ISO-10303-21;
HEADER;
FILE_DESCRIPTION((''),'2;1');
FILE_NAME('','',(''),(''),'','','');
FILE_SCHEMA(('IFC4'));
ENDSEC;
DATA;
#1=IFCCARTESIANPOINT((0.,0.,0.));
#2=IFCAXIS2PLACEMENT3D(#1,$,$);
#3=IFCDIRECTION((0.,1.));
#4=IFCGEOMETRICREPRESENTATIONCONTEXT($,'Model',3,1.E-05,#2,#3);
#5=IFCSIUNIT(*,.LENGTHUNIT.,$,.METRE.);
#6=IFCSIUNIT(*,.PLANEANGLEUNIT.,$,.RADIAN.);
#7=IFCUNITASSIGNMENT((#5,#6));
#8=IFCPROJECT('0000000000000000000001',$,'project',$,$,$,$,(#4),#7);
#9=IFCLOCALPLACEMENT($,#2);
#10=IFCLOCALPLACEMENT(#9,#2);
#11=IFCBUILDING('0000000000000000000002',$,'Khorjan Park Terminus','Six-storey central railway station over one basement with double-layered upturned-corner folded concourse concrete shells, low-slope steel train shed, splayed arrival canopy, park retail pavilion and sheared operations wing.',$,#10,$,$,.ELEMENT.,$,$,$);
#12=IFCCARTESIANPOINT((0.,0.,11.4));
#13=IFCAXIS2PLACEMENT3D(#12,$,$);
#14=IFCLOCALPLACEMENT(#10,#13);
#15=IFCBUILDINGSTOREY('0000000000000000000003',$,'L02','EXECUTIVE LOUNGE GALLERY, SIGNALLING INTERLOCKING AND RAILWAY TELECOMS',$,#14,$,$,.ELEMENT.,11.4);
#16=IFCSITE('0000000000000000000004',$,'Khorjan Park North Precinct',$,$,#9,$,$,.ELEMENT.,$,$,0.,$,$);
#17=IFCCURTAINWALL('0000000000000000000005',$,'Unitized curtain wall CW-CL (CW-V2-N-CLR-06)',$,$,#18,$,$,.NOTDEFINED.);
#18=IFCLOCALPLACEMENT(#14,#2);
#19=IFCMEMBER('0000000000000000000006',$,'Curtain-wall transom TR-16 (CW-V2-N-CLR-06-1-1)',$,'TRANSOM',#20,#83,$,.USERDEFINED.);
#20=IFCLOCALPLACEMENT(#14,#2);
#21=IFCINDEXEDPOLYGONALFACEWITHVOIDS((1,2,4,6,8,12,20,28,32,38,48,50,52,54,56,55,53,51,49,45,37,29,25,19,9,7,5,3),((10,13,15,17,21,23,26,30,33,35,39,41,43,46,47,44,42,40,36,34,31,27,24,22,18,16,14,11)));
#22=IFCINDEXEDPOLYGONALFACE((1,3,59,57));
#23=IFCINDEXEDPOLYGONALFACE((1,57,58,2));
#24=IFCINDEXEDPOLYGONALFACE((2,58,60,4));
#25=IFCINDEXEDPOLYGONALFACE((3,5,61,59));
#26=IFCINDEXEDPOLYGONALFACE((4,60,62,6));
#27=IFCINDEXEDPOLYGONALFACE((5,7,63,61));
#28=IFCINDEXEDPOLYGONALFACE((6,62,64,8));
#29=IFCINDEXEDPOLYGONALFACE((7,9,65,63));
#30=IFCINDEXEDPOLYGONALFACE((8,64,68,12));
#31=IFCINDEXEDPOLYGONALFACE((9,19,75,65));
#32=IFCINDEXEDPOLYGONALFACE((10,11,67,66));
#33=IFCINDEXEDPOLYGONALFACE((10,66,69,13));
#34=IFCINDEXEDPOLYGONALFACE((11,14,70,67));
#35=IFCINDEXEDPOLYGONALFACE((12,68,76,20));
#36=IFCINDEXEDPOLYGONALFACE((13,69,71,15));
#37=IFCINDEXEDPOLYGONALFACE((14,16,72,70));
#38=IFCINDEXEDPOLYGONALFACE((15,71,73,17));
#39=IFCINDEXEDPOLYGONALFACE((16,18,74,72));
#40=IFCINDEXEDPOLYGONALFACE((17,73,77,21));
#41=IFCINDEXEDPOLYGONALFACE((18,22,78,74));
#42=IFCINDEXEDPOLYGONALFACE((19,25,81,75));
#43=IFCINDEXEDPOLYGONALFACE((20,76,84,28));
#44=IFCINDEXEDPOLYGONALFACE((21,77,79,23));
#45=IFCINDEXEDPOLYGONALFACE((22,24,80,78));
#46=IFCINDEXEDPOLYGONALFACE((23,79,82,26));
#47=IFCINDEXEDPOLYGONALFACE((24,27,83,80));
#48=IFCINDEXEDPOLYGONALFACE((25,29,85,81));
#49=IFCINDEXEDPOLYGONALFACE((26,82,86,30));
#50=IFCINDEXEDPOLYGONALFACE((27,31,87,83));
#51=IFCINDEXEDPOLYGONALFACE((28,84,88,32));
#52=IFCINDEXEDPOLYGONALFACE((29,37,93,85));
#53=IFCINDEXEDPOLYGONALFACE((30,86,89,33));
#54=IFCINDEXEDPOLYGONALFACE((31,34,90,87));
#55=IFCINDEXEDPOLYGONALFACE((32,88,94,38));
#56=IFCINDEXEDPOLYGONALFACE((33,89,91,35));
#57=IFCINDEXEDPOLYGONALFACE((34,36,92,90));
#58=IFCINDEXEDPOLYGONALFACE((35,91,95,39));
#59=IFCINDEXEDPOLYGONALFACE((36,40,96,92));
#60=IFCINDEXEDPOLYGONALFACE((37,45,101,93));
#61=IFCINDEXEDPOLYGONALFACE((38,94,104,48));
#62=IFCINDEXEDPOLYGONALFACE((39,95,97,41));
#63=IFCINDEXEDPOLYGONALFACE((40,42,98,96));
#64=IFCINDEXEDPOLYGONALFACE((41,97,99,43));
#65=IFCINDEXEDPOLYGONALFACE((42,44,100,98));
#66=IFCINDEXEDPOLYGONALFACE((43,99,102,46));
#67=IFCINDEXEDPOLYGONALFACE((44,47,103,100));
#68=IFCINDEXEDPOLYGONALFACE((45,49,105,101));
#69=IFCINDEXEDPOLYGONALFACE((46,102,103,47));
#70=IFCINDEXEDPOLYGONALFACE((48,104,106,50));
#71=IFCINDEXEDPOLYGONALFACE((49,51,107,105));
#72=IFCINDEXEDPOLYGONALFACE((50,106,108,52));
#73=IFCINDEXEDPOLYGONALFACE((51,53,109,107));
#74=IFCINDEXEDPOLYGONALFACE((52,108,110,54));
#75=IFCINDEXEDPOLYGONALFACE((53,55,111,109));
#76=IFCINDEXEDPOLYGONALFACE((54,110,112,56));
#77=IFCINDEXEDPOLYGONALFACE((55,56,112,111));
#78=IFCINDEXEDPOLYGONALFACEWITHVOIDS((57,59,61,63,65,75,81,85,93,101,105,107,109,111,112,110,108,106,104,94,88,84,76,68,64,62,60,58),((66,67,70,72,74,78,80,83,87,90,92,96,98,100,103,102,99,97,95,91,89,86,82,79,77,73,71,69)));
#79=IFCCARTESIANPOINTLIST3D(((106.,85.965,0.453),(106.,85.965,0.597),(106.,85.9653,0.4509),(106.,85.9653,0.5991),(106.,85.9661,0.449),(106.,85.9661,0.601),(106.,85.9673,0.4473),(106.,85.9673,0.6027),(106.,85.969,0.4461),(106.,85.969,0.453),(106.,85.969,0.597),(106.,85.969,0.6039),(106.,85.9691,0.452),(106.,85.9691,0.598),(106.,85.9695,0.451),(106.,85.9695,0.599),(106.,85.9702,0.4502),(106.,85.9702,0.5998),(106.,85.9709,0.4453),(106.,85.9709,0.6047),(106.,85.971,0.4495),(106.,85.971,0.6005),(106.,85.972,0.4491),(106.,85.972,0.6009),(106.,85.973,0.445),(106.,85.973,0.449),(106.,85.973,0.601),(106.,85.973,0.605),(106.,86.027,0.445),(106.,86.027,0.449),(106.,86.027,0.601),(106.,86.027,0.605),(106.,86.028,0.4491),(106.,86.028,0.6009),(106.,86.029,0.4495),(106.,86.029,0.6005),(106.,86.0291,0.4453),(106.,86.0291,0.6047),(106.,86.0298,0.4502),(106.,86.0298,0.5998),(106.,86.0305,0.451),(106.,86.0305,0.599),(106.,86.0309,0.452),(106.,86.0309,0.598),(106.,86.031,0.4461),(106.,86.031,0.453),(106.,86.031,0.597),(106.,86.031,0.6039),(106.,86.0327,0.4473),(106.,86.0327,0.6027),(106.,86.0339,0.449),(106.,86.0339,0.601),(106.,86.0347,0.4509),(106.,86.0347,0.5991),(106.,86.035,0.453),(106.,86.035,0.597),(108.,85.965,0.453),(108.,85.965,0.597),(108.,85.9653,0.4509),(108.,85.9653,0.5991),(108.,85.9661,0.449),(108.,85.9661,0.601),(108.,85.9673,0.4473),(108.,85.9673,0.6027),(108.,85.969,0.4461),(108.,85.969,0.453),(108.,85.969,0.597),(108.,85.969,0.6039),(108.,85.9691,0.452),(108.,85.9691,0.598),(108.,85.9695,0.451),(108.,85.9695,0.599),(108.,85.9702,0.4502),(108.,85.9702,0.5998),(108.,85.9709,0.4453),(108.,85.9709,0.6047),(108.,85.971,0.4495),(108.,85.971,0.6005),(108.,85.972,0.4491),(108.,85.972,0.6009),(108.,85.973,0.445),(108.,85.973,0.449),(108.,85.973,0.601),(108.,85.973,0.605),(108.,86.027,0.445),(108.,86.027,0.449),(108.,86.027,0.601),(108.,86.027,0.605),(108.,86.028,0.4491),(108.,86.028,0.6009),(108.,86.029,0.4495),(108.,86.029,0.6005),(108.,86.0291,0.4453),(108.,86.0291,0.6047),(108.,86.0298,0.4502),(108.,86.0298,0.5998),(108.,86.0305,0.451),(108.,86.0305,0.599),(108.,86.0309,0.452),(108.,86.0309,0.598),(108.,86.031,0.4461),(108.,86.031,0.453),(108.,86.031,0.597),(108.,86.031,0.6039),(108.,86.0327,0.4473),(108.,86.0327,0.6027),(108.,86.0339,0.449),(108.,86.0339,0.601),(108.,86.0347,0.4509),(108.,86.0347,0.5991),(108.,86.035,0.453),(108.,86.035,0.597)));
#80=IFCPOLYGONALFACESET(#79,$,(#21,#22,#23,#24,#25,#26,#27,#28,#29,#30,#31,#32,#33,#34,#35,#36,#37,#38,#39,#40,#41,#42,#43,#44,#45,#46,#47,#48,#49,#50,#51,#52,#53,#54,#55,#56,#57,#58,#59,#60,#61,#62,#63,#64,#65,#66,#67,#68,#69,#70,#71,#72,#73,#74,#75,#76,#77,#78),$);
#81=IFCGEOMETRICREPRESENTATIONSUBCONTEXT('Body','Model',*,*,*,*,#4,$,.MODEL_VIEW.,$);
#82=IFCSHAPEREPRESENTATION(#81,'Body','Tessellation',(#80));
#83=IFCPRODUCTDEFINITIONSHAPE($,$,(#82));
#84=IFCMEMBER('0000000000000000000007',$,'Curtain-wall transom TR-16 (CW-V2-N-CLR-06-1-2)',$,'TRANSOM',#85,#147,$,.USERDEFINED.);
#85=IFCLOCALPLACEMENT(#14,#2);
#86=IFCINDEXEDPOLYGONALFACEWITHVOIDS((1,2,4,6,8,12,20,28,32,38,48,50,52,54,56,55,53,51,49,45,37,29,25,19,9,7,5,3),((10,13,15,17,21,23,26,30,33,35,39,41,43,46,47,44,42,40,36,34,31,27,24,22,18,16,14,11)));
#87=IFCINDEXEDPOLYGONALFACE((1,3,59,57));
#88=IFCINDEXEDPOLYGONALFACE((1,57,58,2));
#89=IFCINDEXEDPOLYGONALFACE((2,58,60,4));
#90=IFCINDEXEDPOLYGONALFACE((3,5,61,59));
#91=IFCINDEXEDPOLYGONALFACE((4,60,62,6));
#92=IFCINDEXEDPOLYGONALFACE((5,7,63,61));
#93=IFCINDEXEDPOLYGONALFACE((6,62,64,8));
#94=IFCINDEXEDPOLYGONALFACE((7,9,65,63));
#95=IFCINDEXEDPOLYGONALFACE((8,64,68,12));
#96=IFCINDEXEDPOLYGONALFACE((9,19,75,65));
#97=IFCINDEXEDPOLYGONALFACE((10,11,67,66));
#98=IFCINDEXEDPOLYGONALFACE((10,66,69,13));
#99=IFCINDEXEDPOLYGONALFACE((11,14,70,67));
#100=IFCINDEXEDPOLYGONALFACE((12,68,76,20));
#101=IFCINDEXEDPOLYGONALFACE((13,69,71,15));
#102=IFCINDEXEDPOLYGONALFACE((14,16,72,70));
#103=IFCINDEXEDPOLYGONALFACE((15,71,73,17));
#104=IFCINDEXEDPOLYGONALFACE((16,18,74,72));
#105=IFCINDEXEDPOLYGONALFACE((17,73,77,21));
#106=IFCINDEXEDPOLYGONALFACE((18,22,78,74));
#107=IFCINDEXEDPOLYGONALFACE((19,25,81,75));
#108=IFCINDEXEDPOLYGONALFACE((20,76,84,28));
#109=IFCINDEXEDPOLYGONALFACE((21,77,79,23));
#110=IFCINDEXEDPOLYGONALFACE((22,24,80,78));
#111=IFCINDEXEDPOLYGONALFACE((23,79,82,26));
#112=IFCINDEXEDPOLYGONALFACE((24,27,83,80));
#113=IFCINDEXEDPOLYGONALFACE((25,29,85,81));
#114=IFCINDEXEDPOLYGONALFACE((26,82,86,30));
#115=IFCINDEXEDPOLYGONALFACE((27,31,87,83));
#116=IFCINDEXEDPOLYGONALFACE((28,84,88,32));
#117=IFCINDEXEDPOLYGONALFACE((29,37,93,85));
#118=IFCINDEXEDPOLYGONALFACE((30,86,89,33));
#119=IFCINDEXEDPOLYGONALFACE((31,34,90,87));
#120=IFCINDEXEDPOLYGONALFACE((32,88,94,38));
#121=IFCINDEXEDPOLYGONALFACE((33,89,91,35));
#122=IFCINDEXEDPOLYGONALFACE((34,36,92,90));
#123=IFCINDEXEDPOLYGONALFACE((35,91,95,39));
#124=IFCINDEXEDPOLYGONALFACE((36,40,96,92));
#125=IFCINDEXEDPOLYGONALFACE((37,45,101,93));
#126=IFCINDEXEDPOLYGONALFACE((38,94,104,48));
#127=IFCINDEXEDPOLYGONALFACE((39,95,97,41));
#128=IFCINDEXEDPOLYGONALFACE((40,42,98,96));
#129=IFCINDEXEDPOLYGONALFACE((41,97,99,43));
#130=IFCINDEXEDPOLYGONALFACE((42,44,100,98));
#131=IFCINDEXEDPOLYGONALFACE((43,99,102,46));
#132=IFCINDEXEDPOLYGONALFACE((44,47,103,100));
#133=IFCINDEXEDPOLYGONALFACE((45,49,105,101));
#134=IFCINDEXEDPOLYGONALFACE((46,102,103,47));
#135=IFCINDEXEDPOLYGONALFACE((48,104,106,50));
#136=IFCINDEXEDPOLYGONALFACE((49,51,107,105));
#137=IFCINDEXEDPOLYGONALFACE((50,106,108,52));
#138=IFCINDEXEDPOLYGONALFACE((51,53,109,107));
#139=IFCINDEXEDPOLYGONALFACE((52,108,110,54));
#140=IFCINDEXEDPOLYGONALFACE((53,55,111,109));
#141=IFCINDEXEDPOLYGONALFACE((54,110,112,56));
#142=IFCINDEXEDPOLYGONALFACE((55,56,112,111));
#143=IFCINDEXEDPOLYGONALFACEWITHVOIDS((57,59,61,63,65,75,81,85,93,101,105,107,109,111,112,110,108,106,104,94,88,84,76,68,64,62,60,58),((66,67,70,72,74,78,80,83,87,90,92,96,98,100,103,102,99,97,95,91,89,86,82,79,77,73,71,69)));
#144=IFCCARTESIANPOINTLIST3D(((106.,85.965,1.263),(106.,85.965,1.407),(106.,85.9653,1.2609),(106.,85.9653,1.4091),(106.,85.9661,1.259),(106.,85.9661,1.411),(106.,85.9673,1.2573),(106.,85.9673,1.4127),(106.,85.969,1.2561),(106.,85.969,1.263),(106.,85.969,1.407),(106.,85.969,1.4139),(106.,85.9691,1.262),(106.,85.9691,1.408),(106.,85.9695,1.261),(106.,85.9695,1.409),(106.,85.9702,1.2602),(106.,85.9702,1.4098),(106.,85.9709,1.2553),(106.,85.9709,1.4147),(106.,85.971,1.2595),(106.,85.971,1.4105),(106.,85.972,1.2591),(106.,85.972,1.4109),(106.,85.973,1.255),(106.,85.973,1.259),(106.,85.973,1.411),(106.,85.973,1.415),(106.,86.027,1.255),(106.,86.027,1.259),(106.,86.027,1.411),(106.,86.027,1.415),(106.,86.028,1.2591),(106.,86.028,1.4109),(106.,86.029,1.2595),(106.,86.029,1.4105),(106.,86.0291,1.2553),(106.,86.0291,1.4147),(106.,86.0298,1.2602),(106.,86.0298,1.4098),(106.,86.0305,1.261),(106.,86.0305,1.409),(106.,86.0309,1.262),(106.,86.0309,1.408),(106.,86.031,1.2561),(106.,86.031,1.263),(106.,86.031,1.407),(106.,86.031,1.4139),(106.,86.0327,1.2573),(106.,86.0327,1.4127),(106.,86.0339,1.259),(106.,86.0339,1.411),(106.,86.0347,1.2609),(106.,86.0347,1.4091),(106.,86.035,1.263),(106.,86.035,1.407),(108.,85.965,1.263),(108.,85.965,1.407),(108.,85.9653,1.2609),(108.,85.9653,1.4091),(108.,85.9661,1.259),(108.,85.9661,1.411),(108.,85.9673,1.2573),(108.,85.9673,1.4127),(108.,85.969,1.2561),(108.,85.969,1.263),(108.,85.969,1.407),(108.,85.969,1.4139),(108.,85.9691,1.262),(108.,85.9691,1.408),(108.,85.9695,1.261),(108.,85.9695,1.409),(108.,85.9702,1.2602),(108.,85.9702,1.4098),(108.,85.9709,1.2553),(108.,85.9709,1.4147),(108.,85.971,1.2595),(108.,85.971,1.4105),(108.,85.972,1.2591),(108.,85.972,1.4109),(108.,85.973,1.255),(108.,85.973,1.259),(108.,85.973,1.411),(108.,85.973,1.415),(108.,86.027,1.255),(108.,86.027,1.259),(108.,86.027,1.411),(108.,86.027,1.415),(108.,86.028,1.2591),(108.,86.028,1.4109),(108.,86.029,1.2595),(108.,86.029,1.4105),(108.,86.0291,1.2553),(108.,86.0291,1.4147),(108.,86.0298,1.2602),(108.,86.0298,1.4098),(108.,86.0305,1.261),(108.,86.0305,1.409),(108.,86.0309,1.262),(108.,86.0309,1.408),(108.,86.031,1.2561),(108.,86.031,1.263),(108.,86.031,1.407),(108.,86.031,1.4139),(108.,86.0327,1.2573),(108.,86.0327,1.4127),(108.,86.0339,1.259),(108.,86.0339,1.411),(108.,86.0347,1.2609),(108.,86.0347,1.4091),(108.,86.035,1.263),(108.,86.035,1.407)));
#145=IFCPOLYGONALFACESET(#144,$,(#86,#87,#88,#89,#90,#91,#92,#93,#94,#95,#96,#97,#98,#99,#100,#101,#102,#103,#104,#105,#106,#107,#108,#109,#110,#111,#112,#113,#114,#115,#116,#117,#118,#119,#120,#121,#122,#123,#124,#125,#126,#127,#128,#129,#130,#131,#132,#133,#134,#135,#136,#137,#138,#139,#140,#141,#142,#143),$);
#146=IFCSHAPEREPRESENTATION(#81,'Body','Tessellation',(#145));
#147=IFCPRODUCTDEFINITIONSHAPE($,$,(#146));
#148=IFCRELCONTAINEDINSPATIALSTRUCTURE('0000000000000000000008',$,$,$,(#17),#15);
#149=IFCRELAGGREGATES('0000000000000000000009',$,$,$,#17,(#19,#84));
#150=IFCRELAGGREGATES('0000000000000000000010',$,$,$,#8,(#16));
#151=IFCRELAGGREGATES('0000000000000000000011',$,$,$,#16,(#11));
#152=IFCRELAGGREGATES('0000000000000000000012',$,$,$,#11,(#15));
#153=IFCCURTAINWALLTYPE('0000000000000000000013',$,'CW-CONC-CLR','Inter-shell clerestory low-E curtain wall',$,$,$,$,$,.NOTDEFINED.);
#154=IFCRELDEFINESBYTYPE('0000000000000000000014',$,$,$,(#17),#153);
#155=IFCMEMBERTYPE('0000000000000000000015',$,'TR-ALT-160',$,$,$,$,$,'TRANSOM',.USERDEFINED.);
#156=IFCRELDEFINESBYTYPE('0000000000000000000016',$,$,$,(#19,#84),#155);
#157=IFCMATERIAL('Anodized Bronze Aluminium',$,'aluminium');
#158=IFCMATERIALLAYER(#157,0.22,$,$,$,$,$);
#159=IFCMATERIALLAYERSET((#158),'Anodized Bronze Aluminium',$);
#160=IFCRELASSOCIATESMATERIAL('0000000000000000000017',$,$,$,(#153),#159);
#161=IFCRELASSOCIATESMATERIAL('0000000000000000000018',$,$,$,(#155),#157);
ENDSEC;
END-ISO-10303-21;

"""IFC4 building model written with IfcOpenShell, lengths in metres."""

from ifc_helpers import new_model, si_unit, direction, frame, origin, origin_2d, place, context, subcontext, project, spatial, hollow_rectangle, extrude, material, layer, layer_set, material_profile, profile_set, type_object, element, aggregate, save


model = new_model("IFC4")

# Units and contexts
model_context = context("Model", 3, precision=1e-05, world=origin(), true_north=direction((0.0, 1.0)))
body_context = subcontext(model_context, "Body", "Model", "MODEL_VIEW")
ifc_project = project(units=[si_unit("LENGTHUNIT", "METRE"), si_unit("PLANEANGLEUNIT", "RADIAN")], contexts=[model_context])

# Site, building, storey
site_placement = place(None, origin())
site = spatial("IfcSite", under=ifc_project, at=site_placement, Name="Khorjan Park North Precinct", CompositionType="ELEMENT", RefElevation=0.0)
building_placement = place(site_placement, origin())
building = spatial("IfcBuilding", under=site, at=building_placement, Name="Khorjan Park Terminus", Description="Six-storey central railway station over one basement with double-layered upturned-corner folded concourse concrete shells, low-slope steel train shed, splayed arrival canopy, park retail pavilion and sheared operations wing.", CompositionType="ELEMENT")
storey_placement = place(building_placement, frame((0.0, 0.0, 11.4)))
storey = spatial("IfcBuildingStorey", under=building, at=storey_placement, Name="L02", Description="EXECUTIVE LOUNGE GALLERY, SIGNALLING INTERLOCKING AND RAILWAY TELECOMS", CompositionType="ELEMENT", Elevation=11.4)

# Curtain wall
ifc_material_1 = material(Name="Anodized Bronze Aluminium", Category="aluminium")
ifc_layer_1 = layer(ifc_material_1, 0.22)
ifc_layer_set_1 = layer_set([ifc_layer_1], Name="Anodized Bronze Aluminium")
curtain_wall_type = type_object("IfcCurtainWallType", Name="CW-CONC-CLR", Description="Inter-shell clerestory low-E curtain wall", PredefinedType="NOTDEFINED", material=ifc_layer_set_1)
curtain_wall_1_placement = place(storey_placement, origin())
curtain_wall_1 = element("IfcCurtainWall", 1, at=curtain_wall_1_placement, inside=storey, type_object=curtain_wall_type, Name="Unitized curtain wall CW-CL (CW-V2-N-CLR-06)", PredefinedType="NOTDEFINED")

# Members
ifc_material_profile_1 = material_profile(ifc_material_1, hollow_rectangle(XDim=0.07, YDim=0.16, WallThickness=0.004, InnerFilletRadius=0.004, OuterFilletRadius=0.008, at=origin_2d()), Name="ALT 70x160x4")
ifc_profile_set_1 = profile_set([ifc_material_profile_1], Name="Anodized Bronze Aluminium")
member_type_1 = type_object("IfcMemberType", Name="TR-ALT-160", ElementType="TRANSOM", PredefinedType="USERDEFINED", material=ifc_profile_set_1)
member_1_placement = place(storey_placement, frame((108.0, 86.0, 0.525), z_axis=(-1.0, 0.0, 0.0), x_axis=(0.0, -1.0, 0.0)))
member_1 = element("IfcMember", 2, at=member_1_placement, type_object=member_type_1, Name="Curtain-wall transom TR-16 (CW-V2-N-CLR-06-1-1)", ObjectType="TRANSOM", PredefinedType="USERDEFINED", context=body_context, shape_type="SweptSolid", body=[
    extrude(hollow_rectangle(XDim=0.07, YDim=0.16, WallThickness=0.004, InnerFilletRadius=0.004, OuterFilletRadius=0.008, at=origin_2d()), origin(), (0.0, 0.0, 1.0), 2.0),
])
member_2_placement = place(storey_placement, frame((108.0, 86.0, 1.335), z_axis=(-1.0, 0.0, 0.0), x_axis=(0.0, -1.0, 0.0)))
member_2 = element("IfcMember", 3, at=member_2_placement, type_object=member_type_1, Name="Curtain-wall transom TR-16 (CW-V2-N-CLR-06-1-2)", ObjectType="TRANSOM", PredefinedType="USERDEFINED", context=body_context, shape_type="SweptSolid", body=[
    extrude(hollow_rectangle(XDim=0.07, YDim=0.16, WallThickness=0.004, InnerFilletRadius=0.004, OuterFilletRadius=0.008, at=origin_2d()), origin(), (0.0, 0.0, 1.0), 2.0),
])

aggregate(curtain_wall_1, [member_1, member_2])

save(model, "model.ifc")
